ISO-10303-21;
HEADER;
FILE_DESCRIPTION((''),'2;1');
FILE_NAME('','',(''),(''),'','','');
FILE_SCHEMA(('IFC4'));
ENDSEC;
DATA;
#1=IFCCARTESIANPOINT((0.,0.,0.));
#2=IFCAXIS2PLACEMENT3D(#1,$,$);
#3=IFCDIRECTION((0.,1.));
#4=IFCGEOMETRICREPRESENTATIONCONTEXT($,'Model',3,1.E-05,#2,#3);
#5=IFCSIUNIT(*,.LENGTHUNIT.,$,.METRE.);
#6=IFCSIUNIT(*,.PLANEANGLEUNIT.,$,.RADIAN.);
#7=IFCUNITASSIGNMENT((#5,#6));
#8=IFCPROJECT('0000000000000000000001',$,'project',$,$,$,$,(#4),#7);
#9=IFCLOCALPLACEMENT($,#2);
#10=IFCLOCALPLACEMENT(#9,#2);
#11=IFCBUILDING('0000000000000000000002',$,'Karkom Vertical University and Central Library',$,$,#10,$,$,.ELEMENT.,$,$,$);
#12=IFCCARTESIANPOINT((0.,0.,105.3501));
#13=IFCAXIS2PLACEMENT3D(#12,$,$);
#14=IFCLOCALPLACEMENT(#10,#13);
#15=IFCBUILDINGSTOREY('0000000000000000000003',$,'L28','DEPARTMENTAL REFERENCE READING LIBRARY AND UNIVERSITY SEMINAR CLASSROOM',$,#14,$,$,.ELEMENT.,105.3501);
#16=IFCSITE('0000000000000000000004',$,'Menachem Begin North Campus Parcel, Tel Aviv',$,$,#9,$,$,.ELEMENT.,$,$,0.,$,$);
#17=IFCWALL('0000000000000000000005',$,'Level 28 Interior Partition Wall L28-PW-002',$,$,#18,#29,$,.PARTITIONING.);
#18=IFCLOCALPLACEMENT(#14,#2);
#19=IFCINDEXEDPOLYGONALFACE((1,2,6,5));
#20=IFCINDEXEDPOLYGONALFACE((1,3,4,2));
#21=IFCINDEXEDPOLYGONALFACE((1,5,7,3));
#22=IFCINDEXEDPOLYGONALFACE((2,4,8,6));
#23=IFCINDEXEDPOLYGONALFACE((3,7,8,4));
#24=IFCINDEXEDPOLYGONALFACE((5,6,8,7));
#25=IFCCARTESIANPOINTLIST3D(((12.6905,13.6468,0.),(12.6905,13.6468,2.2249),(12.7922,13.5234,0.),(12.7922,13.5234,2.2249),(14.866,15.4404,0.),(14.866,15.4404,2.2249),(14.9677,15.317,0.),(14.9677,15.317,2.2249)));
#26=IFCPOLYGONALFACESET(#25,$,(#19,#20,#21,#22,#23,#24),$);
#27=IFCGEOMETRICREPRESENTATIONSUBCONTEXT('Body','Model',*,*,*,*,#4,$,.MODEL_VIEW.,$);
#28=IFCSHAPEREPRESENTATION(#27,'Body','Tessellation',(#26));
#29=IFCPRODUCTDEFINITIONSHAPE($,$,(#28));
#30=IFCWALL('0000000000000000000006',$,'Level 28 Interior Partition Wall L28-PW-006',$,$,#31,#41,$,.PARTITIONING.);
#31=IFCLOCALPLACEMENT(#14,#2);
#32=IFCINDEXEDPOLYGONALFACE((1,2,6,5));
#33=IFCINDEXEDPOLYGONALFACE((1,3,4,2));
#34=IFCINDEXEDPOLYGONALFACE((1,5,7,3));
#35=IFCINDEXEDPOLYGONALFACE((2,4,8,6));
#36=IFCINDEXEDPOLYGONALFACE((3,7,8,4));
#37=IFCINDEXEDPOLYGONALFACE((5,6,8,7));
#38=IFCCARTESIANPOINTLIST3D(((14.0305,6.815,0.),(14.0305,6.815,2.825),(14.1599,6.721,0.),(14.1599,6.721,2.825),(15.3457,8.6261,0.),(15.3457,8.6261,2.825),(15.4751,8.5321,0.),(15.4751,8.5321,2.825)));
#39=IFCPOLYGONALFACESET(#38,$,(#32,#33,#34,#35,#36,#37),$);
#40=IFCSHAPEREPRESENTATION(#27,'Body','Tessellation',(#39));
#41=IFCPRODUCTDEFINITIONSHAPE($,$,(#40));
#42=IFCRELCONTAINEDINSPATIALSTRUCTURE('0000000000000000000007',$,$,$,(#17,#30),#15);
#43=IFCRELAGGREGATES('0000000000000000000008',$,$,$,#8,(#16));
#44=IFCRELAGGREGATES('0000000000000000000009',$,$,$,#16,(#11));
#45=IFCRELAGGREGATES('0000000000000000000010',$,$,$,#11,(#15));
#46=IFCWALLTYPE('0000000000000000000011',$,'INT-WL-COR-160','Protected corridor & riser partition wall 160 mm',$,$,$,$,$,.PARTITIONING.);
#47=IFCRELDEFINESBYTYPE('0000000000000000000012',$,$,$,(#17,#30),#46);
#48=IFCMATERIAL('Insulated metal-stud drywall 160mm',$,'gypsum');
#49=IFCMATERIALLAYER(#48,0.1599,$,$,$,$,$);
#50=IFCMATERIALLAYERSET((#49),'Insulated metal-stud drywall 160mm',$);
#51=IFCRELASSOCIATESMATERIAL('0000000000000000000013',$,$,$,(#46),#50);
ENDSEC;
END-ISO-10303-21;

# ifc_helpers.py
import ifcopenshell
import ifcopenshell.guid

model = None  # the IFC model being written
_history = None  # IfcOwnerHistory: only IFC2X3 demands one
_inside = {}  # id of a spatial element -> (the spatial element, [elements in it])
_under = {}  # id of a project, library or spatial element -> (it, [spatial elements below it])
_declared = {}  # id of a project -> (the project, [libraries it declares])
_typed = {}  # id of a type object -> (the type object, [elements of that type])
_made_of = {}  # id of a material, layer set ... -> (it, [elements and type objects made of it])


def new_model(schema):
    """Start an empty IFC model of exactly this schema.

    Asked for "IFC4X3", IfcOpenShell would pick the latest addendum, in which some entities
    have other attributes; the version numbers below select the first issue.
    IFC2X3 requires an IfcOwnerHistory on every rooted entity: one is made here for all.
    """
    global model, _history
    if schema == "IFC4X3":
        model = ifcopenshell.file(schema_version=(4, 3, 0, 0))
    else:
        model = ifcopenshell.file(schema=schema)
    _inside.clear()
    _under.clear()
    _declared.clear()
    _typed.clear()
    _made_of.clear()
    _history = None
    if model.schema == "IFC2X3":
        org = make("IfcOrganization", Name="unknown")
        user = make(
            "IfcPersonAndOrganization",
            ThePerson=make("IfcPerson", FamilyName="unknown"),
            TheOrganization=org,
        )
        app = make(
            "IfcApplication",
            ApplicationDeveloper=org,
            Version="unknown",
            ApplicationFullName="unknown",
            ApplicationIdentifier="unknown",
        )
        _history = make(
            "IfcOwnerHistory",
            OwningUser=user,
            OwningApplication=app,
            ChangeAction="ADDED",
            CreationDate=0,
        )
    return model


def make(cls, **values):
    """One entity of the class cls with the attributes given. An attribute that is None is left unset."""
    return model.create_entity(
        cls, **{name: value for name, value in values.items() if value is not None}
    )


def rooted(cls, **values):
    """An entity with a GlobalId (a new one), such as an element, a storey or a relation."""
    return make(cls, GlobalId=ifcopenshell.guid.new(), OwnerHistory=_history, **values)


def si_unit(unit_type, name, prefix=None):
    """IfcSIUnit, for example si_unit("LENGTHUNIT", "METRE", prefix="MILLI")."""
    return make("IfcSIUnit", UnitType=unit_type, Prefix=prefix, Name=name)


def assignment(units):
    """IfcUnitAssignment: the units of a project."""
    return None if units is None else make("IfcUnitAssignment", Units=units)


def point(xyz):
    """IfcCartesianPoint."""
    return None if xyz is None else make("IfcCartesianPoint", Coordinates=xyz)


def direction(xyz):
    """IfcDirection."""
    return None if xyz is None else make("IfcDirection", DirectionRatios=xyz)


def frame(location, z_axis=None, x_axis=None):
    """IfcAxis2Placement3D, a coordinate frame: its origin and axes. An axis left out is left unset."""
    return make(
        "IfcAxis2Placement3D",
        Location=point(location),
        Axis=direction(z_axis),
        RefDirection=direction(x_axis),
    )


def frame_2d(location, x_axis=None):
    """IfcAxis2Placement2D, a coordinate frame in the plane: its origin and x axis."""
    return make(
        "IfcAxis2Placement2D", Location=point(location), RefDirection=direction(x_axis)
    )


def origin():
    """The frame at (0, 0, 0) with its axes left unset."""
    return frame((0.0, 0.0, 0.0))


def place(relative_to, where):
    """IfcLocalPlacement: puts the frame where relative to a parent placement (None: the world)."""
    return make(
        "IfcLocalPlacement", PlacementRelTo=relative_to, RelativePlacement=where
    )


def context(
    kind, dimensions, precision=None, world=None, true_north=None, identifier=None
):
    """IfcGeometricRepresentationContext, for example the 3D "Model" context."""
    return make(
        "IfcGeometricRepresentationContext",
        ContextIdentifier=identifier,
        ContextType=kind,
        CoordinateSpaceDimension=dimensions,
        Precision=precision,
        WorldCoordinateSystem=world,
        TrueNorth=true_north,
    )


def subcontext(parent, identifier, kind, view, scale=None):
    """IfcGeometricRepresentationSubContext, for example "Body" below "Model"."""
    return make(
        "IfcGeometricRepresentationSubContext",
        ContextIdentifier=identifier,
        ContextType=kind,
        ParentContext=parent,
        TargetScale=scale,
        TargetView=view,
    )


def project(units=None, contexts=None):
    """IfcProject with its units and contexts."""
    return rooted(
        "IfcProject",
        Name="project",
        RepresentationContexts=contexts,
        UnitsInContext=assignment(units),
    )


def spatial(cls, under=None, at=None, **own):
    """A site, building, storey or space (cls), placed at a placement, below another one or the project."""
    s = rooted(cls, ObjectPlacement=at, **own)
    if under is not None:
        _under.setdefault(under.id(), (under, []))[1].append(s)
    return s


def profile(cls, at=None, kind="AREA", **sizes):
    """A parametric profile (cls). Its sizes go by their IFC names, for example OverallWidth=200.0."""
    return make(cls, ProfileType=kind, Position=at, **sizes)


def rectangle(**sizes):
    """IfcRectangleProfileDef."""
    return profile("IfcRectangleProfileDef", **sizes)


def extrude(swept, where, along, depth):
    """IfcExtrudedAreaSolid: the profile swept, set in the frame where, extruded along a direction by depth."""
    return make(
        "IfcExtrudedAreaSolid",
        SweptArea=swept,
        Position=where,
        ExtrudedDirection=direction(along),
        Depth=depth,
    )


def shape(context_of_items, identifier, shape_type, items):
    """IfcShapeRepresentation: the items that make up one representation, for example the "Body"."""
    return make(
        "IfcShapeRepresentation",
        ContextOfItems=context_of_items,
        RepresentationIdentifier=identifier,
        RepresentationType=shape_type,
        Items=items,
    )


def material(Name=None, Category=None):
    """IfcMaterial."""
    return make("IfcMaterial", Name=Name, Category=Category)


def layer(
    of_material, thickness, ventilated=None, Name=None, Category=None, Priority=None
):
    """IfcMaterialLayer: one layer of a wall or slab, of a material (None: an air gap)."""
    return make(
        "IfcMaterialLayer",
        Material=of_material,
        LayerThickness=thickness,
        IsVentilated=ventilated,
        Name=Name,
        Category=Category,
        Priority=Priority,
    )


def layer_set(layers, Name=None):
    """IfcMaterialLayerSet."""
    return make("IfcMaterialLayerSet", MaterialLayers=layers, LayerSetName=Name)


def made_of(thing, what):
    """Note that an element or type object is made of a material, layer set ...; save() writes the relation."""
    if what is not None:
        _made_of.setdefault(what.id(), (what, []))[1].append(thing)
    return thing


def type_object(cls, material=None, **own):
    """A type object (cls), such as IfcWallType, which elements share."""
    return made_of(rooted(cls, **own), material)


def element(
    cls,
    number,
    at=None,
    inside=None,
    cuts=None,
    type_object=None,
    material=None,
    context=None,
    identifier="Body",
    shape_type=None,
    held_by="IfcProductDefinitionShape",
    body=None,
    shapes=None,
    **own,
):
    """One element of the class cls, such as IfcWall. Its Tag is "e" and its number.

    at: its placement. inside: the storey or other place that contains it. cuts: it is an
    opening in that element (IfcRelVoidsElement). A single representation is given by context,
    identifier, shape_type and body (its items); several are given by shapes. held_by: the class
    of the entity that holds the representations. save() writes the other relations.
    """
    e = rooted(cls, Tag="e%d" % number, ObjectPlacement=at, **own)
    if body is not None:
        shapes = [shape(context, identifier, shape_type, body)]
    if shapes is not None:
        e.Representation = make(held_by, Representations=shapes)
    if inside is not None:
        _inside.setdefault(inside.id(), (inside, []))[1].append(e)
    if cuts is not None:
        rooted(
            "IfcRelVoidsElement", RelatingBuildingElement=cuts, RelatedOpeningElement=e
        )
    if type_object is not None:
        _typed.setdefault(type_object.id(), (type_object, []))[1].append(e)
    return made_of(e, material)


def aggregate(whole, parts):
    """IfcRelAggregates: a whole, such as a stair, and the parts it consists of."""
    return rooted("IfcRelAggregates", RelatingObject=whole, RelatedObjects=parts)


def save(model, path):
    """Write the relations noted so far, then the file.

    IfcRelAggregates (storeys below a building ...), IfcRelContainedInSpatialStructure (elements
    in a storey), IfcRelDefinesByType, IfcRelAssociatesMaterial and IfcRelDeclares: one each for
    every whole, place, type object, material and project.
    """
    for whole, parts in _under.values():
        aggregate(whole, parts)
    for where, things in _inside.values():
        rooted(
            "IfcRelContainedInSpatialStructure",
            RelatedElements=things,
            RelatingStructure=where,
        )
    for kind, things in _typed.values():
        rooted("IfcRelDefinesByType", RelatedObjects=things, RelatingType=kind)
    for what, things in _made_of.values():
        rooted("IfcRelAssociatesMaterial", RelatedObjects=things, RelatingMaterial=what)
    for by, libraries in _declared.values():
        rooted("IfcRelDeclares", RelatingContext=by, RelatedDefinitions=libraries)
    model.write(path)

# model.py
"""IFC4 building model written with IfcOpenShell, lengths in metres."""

from ifc_helpers import new_model, si_unit, direction, frame, frame_2d, origin, place, context, subcontext, project, spatial, rectangle, extrude, material, layer, layer_set, type_object, element, save


model = new_model("IFC4")

# Units and contexts
model_context = context("Model", 3, precision=1e-05, world=origin(), true_north=direction((0.0, 1.0)))
body_context = subcontext(model_context, "Body", "Model", "MODEL_VIEW")
ifc_project = project(units=[si_unit("LENGTHUNIT", "METRE"), si_unit("PLANEANGLEUNIT", "RADIAN")], contexts=[model_context])

# Site, building, storey
site_placement = place(None, origin())
site = spatial("IfcSite", under=ifc_project, at=site_placement, Name="Menachem Begin North Campus Parcel, Tel Aviv", CompositionType="ELEMENT", RefElevation=0.0)
building_placement = place(site_placement, origin())
building = spatial("IfcBuilding", under=site, at=building_placement, Name="Karkom Vertical University and Central Library", CompositionType="ELEMENT")
storey_placement = place(building_placement, frame((0.0, 0.0, 105.3501)))
storey = spatial("IfcBuildingStorey", under=building, at=storey_placement, Name="L28", Description="DEPARTMENTAL REFERENCE READING LIBRARY AND UNIVERSITY SEMINAR CLASSROOM", CompositionType="ELEMENT", Elevation=105.3501)

# Shared definitions
ifc_material_1 = material(Name="Insulated metal-stud drywall 160mm", Category="gypsum")
ifc_layer_1 = layer(ifc_material_1, 0.1599)
ifc_layer_set_1 = layer_set([ifc_layer_1], Name="Insulated metal-stud drywall 160mm")
wall_type_1 = type_object("IfcWallType", Name="INT-WL-COR-160", Description="Protected corridor & riser partition wall 160 mm", PredefinedType="PARTITIONING", material=ifc_layer_set_1)

# Walls
wall_1_placement = place(storey_placement, frame((14.9167, 15.3787, 0.0), z_axis=(0.0, 0.0, 1.0), x_axis=(-0.771568, -0.636147, 0.0)))
element("IfcWall", 1, at=wall_1_placement, inside=storey, type_object=wall_type_1, Name="Level 28 Interior Partition Wall L28-PW-002", PredefinedType="PARTITIONING", context=body_context, shape_type="SweptSolid", body=[
    extrude(rectangle(XDim=2.8196, YDim=0.1599, at=frame_2d((1.4097, 0.0))), origin(), (0.0, 0.0, 1.0), 2.2249),
])
wall_2_placement = place(storey_placement, frame((15.4104, 8.5791, 0.0), z_axis=(0.0, 0.0, 1.0), x_axis=(-0.587607, -0.809146, 0.0)))
element("IfcWall", 2, at=wall_2_placement, inside=storey, type_object=wall_type_1, Name="Level 28 Interior Partition Wall L28-PW-006", PredefinedType="PARTITIONING", context=body_context, shape_type="SweptSolid", body=[
    extrude(rectangle(XDim=2.2383, YDim=0.1599, at=frame_2d((1.1191, 0.0))), origin(), (0.0, 0.0, 1.0), 2.825),
])

save(model, "model.ifc")
